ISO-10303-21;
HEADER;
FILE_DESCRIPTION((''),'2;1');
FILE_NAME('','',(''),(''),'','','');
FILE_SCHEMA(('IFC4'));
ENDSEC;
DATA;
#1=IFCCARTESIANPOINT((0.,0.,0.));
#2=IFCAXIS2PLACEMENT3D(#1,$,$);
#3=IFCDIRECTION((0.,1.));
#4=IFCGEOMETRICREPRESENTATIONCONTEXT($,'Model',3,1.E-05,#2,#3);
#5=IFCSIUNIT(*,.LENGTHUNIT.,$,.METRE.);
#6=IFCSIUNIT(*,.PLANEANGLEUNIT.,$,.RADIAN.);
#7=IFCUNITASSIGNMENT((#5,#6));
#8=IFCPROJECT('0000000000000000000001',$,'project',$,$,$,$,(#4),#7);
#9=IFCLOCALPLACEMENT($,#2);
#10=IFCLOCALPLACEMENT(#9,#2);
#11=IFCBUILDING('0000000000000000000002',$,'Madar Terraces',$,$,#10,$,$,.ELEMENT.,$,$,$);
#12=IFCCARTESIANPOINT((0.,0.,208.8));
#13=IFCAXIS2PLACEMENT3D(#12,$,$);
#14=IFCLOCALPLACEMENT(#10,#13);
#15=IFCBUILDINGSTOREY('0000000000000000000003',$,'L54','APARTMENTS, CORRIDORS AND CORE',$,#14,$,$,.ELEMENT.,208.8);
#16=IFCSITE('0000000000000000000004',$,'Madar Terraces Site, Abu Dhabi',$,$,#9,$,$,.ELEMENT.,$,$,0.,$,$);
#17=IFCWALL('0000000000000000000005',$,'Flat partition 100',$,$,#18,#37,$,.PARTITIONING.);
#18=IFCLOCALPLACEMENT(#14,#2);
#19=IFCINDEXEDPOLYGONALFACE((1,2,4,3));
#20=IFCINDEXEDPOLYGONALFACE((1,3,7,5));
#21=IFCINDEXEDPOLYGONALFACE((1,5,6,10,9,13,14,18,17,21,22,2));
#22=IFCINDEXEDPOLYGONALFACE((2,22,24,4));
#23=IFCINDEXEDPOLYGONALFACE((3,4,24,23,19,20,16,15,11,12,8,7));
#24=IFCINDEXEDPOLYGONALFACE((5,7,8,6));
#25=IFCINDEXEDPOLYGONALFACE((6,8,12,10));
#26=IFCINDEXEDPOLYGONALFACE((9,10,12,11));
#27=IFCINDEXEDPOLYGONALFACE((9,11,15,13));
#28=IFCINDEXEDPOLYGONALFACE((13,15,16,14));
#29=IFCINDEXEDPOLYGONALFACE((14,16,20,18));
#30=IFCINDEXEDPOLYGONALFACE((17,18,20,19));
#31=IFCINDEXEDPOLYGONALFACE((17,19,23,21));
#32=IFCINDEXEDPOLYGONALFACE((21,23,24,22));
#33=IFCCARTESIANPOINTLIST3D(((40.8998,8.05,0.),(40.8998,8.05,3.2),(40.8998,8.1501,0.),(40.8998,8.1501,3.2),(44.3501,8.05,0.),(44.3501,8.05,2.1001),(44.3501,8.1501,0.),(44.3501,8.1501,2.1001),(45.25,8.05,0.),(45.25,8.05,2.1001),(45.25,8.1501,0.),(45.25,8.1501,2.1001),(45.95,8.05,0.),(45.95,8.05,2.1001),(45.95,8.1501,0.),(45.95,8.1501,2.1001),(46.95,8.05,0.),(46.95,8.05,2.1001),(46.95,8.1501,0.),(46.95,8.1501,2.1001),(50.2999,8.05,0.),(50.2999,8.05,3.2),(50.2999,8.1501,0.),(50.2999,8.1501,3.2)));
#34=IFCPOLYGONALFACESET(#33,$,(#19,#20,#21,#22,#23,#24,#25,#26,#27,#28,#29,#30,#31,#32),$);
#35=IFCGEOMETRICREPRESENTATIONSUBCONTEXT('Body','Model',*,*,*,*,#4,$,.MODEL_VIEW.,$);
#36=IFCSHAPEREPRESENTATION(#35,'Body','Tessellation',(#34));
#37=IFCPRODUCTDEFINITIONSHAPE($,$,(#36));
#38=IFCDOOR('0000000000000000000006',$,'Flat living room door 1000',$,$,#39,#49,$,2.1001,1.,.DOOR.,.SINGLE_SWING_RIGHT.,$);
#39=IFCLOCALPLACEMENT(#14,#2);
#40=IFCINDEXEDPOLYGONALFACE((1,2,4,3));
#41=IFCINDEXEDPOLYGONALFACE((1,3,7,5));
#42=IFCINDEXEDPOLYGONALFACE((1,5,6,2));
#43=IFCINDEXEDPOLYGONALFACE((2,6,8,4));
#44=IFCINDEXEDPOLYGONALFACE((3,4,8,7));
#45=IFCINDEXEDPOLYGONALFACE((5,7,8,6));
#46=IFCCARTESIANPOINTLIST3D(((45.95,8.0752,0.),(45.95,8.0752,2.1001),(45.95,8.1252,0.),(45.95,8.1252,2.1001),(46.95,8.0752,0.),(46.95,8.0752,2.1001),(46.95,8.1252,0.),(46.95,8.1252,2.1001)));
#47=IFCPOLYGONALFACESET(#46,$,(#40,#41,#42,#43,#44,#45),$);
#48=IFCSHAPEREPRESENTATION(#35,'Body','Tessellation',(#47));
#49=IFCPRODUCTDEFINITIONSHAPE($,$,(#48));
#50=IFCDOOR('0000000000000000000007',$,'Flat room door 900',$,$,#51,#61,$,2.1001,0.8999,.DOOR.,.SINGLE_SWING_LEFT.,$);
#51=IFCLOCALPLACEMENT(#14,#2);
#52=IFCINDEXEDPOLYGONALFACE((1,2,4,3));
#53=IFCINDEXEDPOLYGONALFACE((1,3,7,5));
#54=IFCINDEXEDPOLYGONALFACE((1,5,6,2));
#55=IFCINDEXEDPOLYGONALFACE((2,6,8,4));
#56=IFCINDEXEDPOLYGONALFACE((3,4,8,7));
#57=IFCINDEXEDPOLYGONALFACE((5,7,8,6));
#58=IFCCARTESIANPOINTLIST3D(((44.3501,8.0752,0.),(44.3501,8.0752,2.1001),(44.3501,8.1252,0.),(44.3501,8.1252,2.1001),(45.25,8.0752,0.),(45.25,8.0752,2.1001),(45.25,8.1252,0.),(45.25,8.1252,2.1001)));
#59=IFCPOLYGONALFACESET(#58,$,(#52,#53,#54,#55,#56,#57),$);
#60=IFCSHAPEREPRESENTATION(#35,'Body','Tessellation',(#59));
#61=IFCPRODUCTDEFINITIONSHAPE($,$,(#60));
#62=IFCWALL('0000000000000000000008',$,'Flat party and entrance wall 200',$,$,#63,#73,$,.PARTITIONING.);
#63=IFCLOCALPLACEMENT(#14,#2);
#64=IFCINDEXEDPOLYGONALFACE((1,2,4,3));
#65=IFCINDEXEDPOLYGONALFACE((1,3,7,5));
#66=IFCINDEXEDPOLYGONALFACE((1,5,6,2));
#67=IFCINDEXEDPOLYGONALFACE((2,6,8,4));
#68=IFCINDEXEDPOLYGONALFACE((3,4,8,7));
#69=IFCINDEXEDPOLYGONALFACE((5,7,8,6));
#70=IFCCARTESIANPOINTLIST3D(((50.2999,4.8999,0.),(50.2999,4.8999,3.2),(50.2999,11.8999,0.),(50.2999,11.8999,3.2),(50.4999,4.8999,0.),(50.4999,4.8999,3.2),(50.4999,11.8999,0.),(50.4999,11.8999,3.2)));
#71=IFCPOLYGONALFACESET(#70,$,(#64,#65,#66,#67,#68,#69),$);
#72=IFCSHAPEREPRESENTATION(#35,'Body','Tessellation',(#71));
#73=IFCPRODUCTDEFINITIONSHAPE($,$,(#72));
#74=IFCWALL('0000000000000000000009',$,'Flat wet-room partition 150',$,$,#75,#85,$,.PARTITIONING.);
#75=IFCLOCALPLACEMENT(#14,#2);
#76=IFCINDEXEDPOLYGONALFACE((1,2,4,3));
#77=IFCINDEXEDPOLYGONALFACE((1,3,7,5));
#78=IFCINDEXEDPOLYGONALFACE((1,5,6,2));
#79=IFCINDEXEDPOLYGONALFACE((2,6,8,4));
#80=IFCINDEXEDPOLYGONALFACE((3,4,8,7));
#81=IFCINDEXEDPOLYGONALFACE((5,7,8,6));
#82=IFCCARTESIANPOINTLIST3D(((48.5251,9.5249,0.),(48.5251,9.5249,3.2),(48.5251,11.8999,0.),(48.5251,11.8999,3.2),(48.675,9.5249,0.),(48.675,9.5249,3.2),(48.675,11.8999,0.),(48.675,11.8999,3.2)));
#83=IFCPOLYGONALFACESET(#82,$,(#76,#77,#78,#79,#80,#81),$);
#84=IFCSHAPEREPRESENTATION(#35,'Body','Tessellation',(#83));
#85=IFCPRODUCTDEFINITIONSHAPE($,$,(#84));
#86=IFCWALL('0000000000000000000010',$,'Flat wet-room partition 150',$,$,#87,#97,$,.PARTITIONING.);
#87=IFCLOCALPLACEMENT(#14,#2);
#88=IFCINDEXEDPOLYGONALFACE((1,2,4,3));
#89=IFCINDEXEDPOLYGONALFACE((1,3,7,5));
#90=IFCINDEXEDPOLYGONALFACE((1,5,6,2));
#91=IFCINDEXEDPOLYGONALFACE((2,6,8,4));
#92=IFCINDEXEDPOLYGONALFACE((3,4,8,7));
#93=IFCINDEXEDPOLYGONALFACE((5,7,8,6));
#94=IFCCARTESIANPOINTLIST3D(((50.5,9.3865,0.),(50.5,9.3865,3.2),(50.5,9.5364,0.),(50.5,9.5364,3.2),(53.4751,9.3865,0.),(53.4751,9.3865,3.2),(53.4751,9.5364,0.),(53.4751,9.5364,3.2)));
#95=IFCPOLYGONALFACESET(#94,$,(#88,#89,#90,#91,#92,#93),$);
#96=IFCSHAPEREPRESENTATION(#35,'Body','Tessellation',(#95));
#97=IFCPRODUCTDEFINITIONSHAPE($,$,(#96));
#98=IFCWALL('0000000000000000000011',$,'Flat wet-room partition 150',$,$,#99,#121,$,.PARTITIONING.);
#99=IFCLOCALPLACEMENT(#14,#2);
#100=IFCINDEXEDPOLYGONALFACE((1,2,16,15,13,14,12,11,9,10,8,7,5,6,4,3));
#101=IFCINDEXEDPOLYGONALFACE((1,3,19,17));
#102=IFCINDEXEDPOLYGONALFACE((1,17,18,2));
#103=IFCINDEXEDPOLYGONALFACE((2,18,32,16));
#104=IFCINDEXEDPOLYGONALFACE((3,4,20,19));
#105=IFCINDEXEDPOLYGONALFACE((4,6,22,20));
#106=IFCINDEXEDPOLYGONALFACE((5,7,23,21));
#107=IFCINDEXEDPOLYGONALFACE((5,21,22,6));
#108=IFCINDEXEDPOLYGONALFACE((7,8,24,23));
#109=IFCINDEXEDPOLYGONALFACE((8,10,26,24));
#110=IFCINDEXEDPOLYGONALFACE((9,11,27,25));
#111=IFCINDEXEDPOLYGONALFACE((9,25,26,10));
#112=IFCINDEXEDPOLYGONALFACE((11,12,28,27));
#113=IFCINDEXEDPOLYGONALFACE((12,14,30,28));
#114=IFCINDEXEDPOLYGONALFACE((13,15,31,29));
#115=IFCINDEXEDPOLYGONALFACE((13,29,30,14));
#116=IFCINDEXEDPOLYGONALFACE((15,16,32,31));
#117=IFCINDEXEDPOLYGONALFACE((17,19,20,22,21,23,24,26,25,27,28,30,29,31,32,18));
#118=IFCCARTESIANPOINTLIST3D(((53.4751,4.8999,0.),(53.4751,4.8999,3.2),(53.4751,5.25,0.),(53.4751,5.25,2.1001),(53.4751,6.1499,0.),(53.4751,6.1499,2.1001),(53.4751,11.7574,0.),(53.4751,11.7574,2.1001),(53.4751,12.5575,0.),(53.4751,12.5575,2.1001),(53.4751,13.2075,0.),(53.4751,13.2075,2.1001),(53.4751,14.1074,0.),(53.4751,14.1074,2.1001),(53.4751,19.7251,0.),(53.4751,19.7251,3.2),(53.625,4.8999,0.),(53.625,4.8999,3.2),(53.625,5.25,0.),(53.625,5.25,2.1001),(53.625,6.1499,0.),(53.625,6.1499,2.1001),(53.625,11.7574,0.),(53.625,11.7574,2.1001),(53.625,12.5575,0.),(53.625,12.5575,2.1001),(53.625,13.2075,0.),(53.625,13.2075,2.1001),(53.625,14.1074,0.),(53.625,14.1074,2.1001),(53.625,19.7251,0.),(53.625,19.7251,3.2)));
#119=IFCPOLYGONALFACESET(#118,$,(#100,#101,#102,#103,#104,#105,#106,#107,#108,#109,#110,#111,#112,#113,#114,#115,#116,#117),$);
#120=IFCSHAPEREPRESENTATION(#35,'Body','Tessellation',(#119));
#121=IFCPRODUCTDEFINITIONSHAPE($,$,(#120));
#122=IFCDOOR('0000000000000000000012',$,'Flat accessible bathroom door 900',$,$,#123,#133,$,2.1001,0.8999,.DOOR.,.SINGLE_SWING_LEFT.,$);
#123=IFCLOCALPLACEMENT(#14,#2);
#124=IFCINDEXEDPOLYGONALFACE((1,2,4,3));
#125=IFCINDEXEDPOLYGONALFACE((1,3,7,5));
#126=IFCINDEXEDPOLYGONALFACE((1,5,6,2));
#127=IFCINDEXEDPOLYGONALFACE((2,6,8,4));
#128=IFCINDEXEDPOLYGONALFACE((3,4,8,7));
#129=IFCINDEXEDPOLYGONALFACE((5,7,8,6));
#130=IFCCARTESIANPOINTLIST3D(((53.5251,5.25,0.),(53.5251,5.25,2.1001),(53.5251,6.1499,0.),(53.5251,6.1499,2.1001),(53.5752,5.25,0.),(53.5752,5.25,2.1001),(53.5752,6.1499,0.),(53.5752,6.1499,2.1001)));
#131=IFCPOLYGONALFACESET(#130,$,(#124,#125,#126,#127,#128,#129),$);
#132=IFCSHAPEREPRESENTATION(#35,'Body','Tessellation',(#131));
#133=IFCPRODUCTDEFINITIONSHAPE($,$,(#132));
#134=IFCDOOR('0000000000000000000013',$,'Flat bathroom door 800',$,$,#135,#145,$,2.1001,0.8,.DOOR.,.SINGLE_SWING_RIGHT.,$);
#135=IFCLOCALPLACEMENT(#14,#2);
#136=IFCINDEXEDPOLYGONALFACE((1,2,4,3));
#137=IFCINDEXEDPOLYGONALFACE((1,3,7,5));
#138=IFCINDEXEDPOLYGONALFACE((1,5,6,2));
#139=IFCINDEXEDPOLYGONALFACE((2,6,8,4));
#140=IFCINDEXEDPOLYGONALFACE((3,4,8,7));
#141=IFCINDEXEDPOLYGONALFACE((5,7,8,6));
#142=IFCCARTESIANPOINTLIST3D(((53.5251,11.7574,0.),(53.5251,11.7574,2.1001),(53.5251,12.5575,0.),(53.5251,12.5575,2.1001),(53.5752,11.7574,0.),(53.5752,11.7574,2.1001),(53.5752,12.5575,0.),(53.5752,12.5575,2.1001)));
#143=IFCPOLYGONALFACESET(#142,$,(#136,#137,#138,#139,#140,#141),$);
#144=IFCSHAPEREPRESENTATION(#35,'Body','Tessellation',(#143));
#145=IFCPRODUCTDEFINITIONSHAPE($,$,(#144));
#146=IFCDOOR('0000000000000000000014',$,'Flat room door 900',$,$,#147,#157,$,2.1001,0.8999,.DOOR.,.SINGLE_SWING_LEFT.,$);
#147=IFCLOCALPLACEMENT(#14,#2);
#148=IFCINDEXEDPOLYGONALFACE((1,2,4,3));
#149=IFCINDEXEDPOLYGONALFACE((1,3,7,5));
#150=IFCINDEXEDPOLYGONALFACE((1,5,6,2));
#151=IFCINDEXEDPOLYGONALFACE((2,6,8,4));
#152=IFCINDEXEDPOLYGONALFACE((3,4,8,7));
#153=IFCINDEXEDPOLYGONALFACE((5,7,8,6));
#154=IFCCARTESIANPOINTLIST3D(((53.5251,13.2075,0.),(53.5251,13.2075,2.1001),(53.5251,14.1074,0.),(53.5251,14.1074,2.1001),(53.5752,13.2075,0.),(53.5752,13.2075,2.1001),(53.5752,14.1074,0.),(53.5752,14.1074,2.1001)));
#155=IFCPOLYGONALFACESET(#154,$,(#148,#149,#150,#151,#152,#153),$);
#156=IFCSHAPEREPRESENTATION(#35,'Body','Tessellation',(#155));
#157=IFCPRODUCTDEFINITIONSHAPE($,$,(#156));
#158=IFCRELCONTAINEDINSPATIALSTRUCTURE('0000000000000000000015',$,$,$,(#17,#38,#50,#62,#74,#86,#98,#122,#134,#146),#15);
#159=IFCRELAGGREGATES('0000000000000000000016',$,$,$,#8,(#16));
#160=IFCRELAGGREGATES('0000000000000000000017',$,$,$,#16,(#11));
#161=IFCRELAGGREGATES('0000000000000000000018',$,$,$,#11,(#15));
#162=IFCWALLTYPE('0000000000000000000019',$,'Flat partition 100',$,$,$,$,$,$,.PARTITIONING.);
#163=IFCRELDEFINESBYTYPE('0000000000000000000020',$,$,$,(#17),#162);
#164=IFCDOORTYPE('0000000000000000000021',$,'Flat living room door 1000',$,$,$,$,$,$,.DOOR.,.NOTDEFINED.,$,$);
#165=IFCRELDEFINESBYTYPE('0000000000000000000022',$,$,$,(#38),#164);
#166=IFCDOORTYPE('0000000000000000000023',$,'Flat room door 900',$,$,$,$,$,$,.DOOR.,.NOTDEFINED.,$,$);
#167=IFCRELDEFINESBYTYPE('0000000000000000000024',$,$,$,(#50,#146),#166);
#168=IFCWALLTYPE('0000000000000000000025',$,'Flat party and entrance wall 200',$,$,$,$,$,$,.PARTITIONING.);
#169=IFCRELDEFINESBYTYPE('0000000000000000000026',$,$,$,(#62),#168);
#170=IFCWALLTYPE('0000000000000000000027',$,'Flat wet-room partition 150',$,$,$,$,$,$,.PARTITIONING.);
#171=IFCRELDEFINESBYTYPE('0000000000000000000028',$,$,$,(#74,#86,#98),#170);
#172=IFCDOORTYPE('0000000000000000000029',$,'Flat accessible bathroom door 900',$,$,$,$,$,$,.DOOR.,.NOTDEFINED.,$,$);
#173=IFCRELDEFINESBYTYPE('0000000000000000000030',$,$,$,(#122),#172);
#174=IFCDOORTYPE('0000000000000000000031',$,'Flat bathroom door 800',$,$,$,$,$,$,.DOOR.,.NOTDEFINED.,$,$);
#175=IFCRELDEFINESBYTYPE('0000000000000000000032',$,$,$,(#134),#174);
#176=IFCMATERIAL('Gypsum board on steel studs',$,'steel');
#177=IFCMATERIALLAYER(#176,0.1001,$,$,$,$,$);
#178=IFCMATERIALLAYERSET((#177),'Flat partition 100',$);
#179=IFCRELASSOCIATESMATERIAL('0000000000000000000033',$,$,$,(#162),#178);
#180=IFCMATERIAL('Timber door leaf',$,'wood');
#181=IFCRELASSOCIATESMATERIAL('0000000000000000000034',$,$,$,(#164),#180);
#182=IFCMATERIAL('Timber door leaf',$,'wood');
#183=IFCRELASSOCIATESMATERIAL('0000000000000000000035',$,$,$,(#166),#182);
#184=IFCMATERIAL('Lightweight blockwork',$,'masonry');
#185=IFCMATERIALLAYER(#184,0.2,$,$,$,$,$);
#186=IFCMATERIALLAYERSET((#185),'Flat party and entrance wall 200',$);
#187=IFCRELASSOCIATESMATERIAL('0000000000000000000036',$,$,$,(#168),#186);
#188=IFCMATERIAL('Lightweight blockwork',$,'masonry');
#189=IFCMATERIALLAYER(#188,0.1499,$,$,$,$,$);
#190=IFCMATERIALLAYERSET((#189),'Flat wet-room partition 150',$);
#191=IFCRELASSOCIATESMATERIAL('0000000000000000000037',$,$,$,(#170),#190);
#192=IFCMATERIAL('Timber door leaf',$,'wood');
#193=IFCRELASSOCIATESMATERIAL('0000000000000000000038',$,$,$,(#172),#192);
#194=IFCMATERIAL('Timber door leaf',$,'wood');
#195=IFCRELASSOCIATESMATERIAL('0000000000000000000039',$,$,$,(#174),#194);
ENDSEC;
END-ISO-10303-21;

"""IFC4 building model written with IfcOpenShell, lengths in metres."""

from ifc_helpers import new_model, si_unit, direction, frame, frame_2d, origin, place, context, subcontext, project, spatial, rectangle, extrude, material, layer, layer_set, type_object, element, fill, save


model = new_model("IFC4")

# Units and contexts
model_context = context("Model", 3, precision=1e-05, world=origin(), true_north=direction((0.0, 1.0)))
body_context = subcontext(model_context, "Body", "Model", "MODEL_VIEW")
ifc_project = project(units=[si_unit("LENGTHUNIT", "METRE"), si_unit("PLANEANGLEUNIT", "RADIAN")], contexts=[model_context])

# Site, building, storey
site_placement = place(None, origin())
site = spatial("IfcSite", under=ifc_project, at=site_placement, Name="Madar Terraces Site, Abu Dhabi", CompositionType="ELEMENT", RefElevation=0.0)
building_placement = place(site_placement, origin())
building = spatial("IfcBuilding", under=site, at=building_placement, Name="Madar Terraces", CompositionType="ELEMENT")
storey_placement = place(building_placement, frame((0.0, 0.0, 208.8)))
storey = spatial("IfcBuildingStorey", under=building, at=storey_placement, Name="L54", Description="APARTMENTS, CORRIDORS AND CORE", CompositionType="ELEMENT", Elevation=208.8)

# Wall, openings, doors
ifc_material_1 = material(Name="Gypsum board on steel studs", Category="steel")
ifc_layer_1 = layer(ifc_material_1, 0.1001)
ifc_layer_set_1 = layer_set([ifc_layer_1], Name="Flat partition 100")
wall_type_1 = type_object("IfcWallType", Name="Flat partition 100", PredefinedType="PARTITIONING", material=ifc_layer_set_1)
wall_1_placement = place(storey_placement, frame((50.3, 8.1001, 0.0), z_axis=(0.0, 0.0, 1.0), x_axis=(-1.0, 0.0, 0.0)))
wall_1 = element("IfcWall", 1, at=wall_1_placement, inside=storey, type_object=wall_type_1, Name="Flat partition 100", PredefinedType="PARTITIONING", context=body_context, shape_type="SweptSolid", body=[
    extrude(rectangle(XDim=9.4001, YDim=0.1001, at=frame_2d((4.7002, 0.0))), origin(), (0.0, 0.0, 1.0), 3.2),
])
opening_1_placement = place(wall_1_placement, frame((3.3501, 0.0, 0.0)))
opening_1 = element("IfcOpeningElement", 2, at=opening_1_placement, cuts=wall_1, PredefinedType="OPENING", context=body_context, shape_type="SweptSolid", body=[
    extrude(rectangle(XDim=1.0, YDim=2.1001, at=frame_2d((0.5, 1.05))), frame((0.0, 0.0601, 0.0), z_axis=(0.0, -1.0, 0.0), x_axis=(1.0, 0.0, 0.0)), (0.0, 0.0, 1.0), 0.1201),
])
opening_2_placement = place(wall_1_placement, frame((5.05, 0.0, 0.0)))
opening_2 = element("IfcOpeningElement", 3, at=opening_2_placement, cuts=wall_1, PredefinedType="OPENING", context=body_context, shape_type="SweptSolid", body=[
    extrude(rectangle(XDim=0.8999, YDim=2.1001, at=frame_2d((0.45, 1.05))), frame((0.0, 0.0601, 0.0), z_axis=(0.0, -1.0, 0.0), x_axis=(1.0, 0.0, 0.0)), (0.0, 0.0, 1.0), 0.1201),
])
ifc_material_2 = material(Name="Timber door leaf", Category="wood")
door_type_1 = type_object("IfcDoorType", Name="Flat living room door 1000", OperationType="NOTDEFINED", PredefinedType="DOOR", material=ifc_material_2)
door_1_placement = place(opening_1_placement, origin())
door_1 = element("IfcDoor", 4, at=door_1_placement, inside=storey, type_object=door_type_1, Name="Flat living room door 1000", OperationType="SINGLE_SWING_RIGHT", OverallHeight=2.1001, OverallWidth=1.0, PredefinedType="DOOR", context=body_context, shape_type="SweptSolid", body=[
    extrude(rectangle(XDim=1.0, YDim=2.1001, at=frame_2d((0.5, 1.05))), frame((0.0, 0.0249, 0.0), z_axis=(0.0, -1.0, 0.0), x_axis=(1.0, 0.0, 0.0)), (0.0, 0.0, 1.0), 0.05),
])
fill(opening_1, door_1)
ifc_material_3 = material(Name="Timber door leaf", Category="wood")
door_type_2 = type_object("IfcDoorType", Name="Flat room door 900", OperationType="NOTDEFINED", PredefinedType="DOOR", material=ifc_material_3)
door_2_placement = place(opening_2_placement, origin())
door_2 = element("IfcDoor", 5, at=door_2_placement, inside=storey, type_object=door_type_2, Name="Flat room door 900", OperationType="SINGLE_SWING_LEFT", OverallHeight=2.1001, OverallWidth=0.8999, PredefinedType="DOOR", context=body_context, shape_type="SweptSolid", body=[
    extrude(rectangle(XDim=0.8999, YDim=2.1001, at=frame_2d((0.45, 1.05))), frame((0.0, 0.0249, 0.0), z_axis=(0.0, -1.0, 0.0), x_axis=(1.0, 0.0, 0.0)), (0.0, 0.0, 1.0), 0.05),
])
fill(opening_2, door_2)

# Walls
ifc_material_4 = material(Name="Lightweight blockwork", Category="masonry")
ifc_layer_2 = layer(ifc_material_4, 0.2)
ifc_layer_set_2 = layer_set([ifc_layer_2], Name="Flat party and entrance wall 200")
wall_type_2 = type_object("IfcWallType", Name="Flat party and entrance wall 200", PredefinedType="PARTITIONING", material=ifc_layer_set_2)
wall_2_placement = place(storey_placement, frame((50.3999, 11.8999, 0.0), z_axis=(0.0, 0.0, 1.0), x_axis=(0.0, -1.0, 0.0)))
element("IfcWall", 6, at=wall_2_placement, inside=storey, type_object=wall_type_2, Name="Flat party and entrance wall 200", PredefinedType="PARTITIONING", context=body_context, shape_type="SweptSolid", body=[
    extrude(rectangle(XDim=7.0, YDim=0.2, at=frame_2d((3.5, 0.0))), origin(), (0.0, 0.0, 1.0), 3.2),
])
ifc_material_5 = material(Name="Lightweight blockwork", Category="masonry")
ifc_layer_3 = layer(ifc_material_5, 0.1499)
ifc_layer_set_3 = layer_set([ifc_layer_3], Name="Flat wet-room partition 150")
wall_type_3 = type_object("IfcWallType", Name="Flat wet-room partition 150", PredefinedType="PARTITIONING", material=ifc_layer_set_3)
wall_3_placement = place(storey_placement, frame((48.6001, 11.8999, 0.0), z_axis=(0.0, 0.0, 1.0), x_axis=(0.0, -1.0, 0.0)))
element("IfcWall", 7, at=wall_3_placement, inside=storey, type_object=wall_type_3, Name="Flat wet-room partition 150", PredefinedType="PARTITIONING", context=body_context, shape_type="SweptSolid", body=[
    extrude(rectangle(XDim=2.375, YDim=0.1499, at=frame_2d((1.1875, 0.0))), origin(), (0.0, 0.0, 1.0), 3.2),
])
wall_4_placement = place(storey_placement, frame((50.5, 9.4614, 0.0), z_axis=(0.0, 0.0, 1.0), x_axis=(1.0, 0.0, 0.0)))
element("IfcWall", 8, at=wall_4_placement, inside=storey, type_object=wall_type_3, Name="Flat wet-room partition 150", PredefinedType="PARTITIONING", context=body_context, shape_type="SweptSolid", body=[
    extrude(rectangle(XDim=2.9751, YDim=0.1499, at=frame_2d((1.4875, 0.0))), origin(), (0.0, 0.0, 1.0), 3.2),
])

# Wall, openings, doors
wall_5_placement = place(storey_placement, frame((53.55, 4.8999, 0.0), z_axis=(0.0, 0.0, 1.0), x_axis=(0.0, 1.0, 0.0)))
wall_5 = element("IfcWall", 9, at=wall_5_placement, inside=storey, type_object=wall_type_3, Name="Flat wet-room partition 150", PredefinedType="PARTITIONING", context=body_context, shape_type="SweptSolid", body=[
    extrude(rectangle(XDim=14.8252, YDim=0.1499, at=frame_2d((7.4126, 0.0))), origin(), (0.0, 0.0, 1.0), 3.2),
])
opening_3_placement = place(wall_5_placement, frame((8.3076, 0.0, 0.0)))
opening_3 = element("IfcOpeningElement", 10, at=opening_3_placement, cuts=wall_5, PredefinedType="OPENING", context=body_context, shape_type="SweptSolid", body=[
    extrude(rectangle(XDim=0.8999, YDim=2.1001, at=frame_2d((0.45, 1.05))), frame((0.0, 0.085, 0.0), z_axis=(0.0, -1.0, 0.0), x_axis=(1.0, 0.0, 0.0)), (0.0, 0.0, 1.0), 0.1699),
])
opening_4_placement = place(wall_5_placement, frame((6.8577, 0.0, 0.0)))
opening_4 = element("IfcOpeningElement", 11, at=opening_4_placement, cuts=wall_5, PredefinedType="OPENING", context=body_context, shape_type="SweptSolid", body=[
    extrude(rectangle(XDim=0.8, YDim=2.1001, at=frame_2d((0.3999, 1.05))), frame((0.0, 0.085, 0.0), z_axis=(0.0, -1.0, 0.0), x_axis=(1.0, 0.0, 0.0)), (0.0, 0.0, 1.0), 0.1699),
])
opening_5_placement = place(wall_5_placement, frame((0.3501, 0.0, 0.0)))
opening_5 = element("IfcOpeningElement", 12, at=opening_5_placement, cuts=wall_5, PredefinedType="OPENING", context=body_context, shape_type="SweptSolid", body=[
    extrude(rectangle(XDim=0.8999, YDim=2.1001, at=frame_2d((0.45, 1.05))), frame((0.0, 0.085, 0.0), z_axis=(0.0, -1.0, 0.0), x_axis=(1.0, 0.0, 0.0)), (0.0, 0.0, 1.0), 0.1699),
])
ifc_material_6 = material(Name="Timber door leaf", Category="wood")
door_type_3 = type_object("IfcDoorType", Name="Flat accessible bathroom door 900", OperationType="NOTDEFINED", PredefinedType="DOOR", material=ifc_material_6)
door_3_placement = place(opening_5_placement, origin())
door_3 = element("IfcDoor", 13, at=door_3_placement, inside=storey, type_object=door_type_3, Name="Flat accessible bathroom door 900", OperationType="SINGLE_SWING_LEFT", OverallHeight=2.1001, OverallWidth=0.8999, PredefinedType="DOOR", context=body_context, shape_type="SweptSolid", body=[
    extrude(rectangle(XDim=0.8999, YDim=2.1001, at=frame_2d((0.45, 1.05))), frame((0.0, 0.0249, 0.0), z_axis=(0.0, -1.0, 0.0), x_axis=(1.0, 0.0, 0.0)), (0.0, 0.0, 1.0), 0.05),
])
fill(opening_5, door_3)
ifc_material_7 = material(Name="Timber door leaf", Category="wood")
door_type_4 = type_object("IfcDoorType", Name="Flat bathroom door 800", OperationType="NOTDEFINED", PredefinedType="DOOR", material=ifc_material_7)
door_4_placement = place(opening_4_placement, origin())
door_4 = element("IfcDoor", 14, at=door_4_placement, inside=storey, type_object=door_type_4, Name="Flat bathroom door 800", OperationType="SINGLE_SWING_RIGHT", OverallHeight=2.1001, OverallWidth=0.8, PredefinedType="DOOR", context=body_context, shape_type="SweptSolid", body=[
    extrude(rectangle(XDim=0.8, YDim=2.1001, at=frame_2d((0.3999, 1.05))), frame((0.0, 0.0249, 0.0), z_axis=(0.0, -1.0, 0.0), x_axis=(1.0, 0.0, 0.0)), (0.0, 0.0, 1.0), 0.05),
])
fill(opening_4, door_4)
door_5_placement = place(opening_3_placement, origin())
door_5 = element("IfcDoor", 15, at=door_5_placement, inside=storey, type_object=door_type_2, Name="Flat room door 900", OperationType="SINGLE_SWING_LEFT", OverallHeight=2.1001, OverallWidth=0.8999, PredefinedType="DOOR", context=body_context, shape_type="SweptSolid", body=[
    extrude(rectangle(XDim=0.8999, YDim=2.1001, at=frame_2d((0.45, 1.05))), frame((0.0, 0.0249, 0.0), z_axis=(0.0, -1.0, 0.0), x_axis=(1.0, 0.0, 0.0)), (0.0, 0.0, 1.0), 0.05),
])
fill(opening_3, door_5)

save(model, "model.ifc")
